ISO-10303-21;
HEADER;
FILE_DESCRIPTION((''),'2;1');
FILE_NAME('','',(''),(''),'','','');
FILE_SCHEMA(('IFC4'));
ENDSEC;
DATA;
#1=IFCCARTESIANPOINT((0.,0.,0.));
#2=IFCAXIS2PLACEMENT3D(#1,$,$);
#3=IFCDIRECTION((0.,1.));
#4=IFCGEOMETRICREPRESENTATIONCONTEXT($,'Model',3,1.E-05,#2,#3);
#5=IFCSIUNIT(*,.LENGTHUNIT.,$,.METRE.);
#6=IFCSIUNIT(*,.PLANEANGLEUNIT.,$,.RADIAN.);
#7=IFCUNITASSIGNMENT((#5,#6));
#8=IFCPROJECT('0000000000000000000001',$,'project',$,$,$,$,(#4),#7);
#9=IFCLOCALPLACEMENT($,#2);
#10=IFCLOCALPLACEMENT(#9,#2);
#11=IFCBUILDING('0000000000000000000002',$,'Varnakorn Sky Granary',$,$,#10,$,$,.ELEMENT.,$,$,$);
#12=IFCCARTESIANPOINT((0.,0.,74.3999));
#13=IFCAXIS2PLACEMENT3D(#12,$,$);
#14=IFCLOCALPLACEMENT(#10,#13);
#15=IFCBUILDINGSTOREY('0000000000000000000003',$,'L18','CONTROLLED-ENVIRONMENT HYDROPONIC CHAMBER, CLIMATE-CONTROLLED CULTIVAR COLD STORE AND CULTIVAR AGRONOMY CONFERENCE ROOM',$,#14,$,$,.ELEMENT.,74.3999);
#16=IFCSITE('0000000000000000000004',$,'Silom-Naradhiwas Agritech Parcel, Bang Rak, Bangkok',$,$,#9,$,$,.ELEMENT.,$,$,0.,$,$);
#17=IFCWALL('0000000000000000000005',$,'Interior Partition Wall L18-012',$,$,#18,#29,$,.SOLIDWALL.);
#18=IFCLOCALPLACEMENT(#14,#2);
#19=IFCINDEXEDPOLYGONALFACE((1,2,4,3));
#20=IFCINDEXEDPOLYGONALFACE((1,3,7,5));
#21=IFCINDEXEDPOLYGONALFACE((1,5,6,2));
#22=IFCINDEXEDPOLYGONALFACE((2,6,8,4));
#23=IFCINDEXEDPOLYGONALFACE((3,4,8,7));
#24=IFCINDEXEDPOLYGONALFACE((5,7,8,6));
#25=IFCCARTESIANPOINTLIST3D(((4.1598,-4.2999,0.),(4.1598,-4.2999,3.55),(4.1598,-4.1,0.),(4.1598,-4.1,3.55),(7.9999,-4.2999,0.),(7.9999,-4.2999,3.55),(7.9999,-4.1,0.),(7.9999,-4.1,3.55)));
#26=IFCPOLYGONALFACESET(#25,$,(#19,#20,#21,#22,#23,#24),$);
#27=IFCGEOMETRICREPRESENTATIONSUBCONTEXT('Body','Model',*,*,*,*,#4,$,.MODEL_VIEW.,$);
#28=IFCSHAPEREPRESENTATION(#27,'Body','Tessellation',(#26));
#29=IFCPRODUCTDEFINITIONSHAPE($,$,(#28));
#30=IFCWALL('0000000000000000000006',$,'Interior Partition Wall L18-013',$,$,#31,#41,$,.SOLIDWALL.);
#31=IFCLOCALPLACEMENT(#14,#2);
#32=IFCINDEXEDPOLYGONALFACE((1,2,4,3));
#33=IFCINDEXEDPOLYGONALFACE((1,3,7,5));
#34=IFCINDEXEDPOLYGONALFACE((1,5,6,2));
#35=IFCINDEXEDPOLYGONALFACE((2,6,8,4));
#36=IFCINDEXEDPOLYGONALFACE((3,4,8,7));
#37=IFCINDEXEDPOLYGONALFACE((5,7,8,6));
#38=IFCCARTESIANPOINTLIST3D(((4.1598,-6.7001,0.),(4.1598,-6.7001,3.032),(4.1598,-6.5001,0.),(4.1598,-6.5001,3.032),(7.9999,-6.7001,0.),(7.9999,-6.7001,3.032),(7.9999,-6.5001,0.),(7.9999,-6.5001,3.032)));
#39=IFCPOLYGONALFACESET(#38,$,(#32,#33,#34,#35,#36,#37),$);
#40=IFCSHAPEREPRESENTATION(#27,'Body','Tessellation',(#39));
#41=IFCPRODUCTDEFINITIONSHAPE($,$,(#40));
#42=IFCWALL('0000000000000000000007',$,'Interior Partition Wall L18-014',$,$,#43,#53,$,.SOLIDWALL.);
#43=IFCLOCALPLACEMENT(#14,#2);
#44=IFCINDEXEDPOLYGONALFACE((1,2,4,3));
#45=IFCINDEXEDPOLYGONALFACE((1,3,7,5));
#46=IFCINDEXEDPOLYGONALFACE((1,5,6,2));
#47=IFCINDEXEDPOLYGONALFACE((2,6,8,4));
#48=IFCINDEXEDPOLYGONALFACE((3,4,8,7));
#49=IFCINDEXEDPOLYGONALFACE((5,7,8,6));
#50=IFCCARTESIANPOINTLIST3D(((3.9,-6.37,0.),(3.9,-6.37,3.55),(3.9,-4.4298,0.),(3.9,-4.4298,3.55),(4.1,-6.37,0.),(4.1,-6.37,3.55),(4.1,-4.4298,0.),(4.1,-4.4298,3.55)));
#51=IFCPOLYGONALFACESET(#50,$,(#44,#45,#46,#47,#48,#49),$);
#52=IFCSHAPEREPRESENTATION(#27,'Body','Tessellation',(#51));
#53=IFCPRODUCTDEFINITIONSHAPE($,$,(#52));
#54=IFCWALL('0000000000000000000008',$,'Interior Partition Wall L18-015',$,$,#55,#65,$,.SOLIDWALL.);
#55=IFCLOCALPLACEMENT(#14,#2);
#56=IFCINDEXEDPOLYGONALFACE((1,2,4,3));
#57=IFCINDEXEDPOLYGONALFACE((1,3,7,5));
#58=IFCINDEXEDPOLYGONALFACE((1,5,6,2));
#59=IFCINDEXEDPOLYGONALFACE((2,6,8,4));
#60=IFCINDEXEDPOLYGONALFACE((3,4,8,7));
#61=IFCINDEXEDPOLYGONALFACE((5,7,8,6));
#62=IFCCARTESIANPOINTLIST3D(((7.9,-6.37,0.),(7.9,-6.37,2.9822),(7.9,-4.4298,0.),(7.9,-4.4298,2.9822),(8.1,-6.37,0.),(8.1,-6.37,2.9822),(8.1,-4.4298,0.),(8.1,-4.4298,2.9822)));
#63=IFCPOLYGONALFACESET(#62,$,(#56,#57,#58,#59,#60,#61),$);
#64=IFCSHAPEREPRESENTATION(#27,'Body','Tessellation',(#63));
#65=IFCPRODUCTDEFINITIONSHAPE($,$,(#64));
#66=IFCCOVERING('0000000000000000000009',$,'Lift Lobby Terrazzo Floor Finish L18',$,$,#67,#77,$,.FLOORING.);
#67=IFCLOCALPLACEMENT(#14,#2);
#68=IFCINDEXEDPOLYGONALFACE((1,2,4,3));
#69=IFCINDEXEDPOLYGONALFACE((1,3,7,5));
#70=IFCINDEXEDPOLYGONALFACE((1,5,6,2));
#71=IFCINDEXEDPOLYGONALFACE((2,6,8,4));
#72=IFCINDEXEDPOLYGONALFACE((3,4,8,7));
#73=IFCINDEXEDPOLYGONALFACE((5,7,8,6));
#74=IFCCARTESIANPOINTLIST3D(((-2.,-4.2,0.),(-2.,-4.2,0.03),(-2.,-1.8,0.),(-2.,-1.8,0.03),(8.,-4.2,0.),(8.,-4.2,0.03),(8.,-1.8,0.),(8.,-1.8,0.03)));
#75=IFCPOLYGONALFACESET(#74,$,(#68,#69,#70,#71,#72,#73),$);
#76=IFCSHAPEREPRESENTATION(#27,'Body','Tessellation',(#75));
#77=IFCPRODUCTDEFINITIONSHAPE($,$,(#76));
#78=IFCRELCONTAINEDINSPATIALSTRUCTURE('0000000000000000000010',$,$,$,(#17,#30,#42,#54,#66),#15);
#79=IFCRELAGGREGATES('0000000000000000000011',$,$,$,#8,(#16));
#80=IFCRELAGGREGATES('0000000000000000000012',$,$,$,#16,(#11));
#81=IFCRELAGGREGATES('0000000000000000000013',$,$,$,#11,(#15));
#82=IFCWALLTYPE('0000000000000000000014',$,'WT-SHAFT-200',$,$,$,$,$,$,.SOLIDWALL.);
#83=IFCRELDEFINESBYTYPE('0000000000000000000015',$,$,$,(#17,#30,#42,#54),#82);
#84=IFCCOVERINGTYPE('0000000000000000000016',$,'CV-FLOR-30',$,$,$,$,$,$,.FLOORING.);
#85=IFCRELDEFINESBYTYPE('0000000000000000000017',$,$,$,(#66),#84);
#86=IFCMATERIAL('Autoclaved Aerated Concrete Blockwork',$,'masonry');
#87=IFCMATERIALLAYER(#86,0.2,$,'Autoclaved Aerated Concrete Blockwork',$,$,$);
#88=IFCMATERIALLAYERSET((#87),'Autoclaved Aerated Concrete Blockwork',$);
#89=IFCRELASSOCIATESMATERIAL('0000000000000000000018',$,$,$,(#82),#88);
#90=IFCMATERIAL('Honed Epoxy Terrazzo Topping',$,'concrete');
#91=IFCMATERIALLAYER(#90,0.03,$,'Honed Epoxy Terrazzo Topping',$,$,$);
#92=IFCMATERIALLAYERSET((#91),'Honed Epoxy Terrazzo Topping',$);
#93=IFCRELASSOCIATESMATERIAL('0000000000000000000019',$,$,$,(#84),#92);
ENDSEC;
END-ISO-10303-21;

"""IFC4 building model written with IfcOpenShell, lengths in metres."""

from ifc_helpers import new_model, si_unit, direction, frame, frame_2d, origin, place, context, subcontext, project, spatial, polyline, rectangle, outline, extrude, material, layer, layer_set, type_object, element, save


model = new_model("IFC4")

# Units and contexts
model_context = context("Model", 3, precision=1e-05, world=origin(), true_north=direction((0.0, 1.0)))
body_context = subcontext(model_context, "Body", "Model", "MODEL_VIEW")
ifc_project = project(units=[si_unit("LENGTHUNIT", "METRE"), si_unit("PLANEANGLEUNIT", "RADIAN")], contexts=[model_context])

# Site, building, storey
site_placement = place(None, origin())
site = spatial("IfcSite", under=ifc_project, at=site_placement, Name="Silom-Naradhiwas Agritech Parcel, Bang Rak, Bangkok", CompositionType="ELEMENT", RefElevation=0.0)
building_placement = place(site_placement, origin())
building = spatial("IfcBuilding", under=site, at=building_placement, Name="Varnakorn Sky Granary", CompositionType="ELEMENT")
storey_placement = place(building_placement, frame((0.0, 0.0, 74.3999)))
storey = spatial("IfcBuildingStorey", under=building, at=storey_placement, Name="L18", Description="CONTROLLED-ENVIRONMENT HYDROPONIC CHAMBER, CLIMATE-CONTROLLED CULTIVAR COLD STORE AND CULTIVAR AGRONOMY CONFERENCE ROOM", CompositionType="ELEMENT", Elevation=74.3999)

# Shared definitions
ifc_material_1 = material(Name="Autoclaved Aerated Concrete Blockwork", Category="masonry")

# Walls
ifc_layer_1 = layer(ifc_material_1, 0.2, Name="Autoclaved Aerated Concrete Blockwork")
ifc_layer_set_1 = layer_set([ifc_layer_1], Name="Autoclaved Aerated Concrete Blockwork")
wall_type_1 = type_object("IfcWallType", Name="WT-SHAFT-200", PredefinedType="SOLIDWALL", material=ifc_layer_set_1)
wall_1_placement = place(storey_placement, frame((4.1599, -4.2, 0.0), z_axis=(0.0, 0.0, 1.0), x_axis=(1.0, 0.0, 0.0)))
element("IfcWall", 1, at=wall_1_placement, inside=storey, type_object=wall_type_1, Name="Interior Partition Wall L18-012", PredefinedType="SOLIDWALL", context=body_context, shape_type="SweptSolid", body=[
    extrude(rectangle(XDim=3.8401, YDim=0.2, at=frame_2d((1.9199, 0.0))), origin(), (0.0, 0.0, 1.0), 3.55),
])
wall_2_placement = place(storey_placement, frame((4.1599, -6.6001, 0.0), z_axis=(0.0, 0.0, 1.0), x_axis=(1.0, 0.0, 0.0)))
element("IfcWall", 2, at=wall_2_placement, inside=storey, type_object=wall_type_1, Name="Interior Partition Wall L18-013", PredefinedType="SOLIDWALL", context=body_context, shape_type="SweptSolid", body=[
    extrude(rectangle(XDim=3.8401, YDim=0.2, at=frame_2d((1.9199, 0.0))), origin(), (0.0, 0.0, 1.0), 3.032),
])
wall_3_placement = place(storey_placement, frame((4.0, -6.3701, 0.0), z_axis=(0.0, 0.0, 1.0), x_axis=(0.0, 1.0, 0.0)))
element("IfcWall", 3, at=wall_3_placement, inside=storey, type_object=wall_type_1, Name="Interior Partition Wall L18-014", PredefinedType="SOLIDWALL", context=body_context, shape_type="SweptSolid", body=[
    extrude(rectangle(XDim=1.9402, YDim=0.2, at=frame_2d((0.9702, 0.0))), origin(), (0.0, 0.0, 1.0), 3.55),
])
wall_4_placement = place(storey_placement, frame((8.0, -6.3701, 0.0), z_axis=(0.0, 0.0, 1.0), x_axis=(0.0, 1.0, 0.0)))
element("IfcWall", 4, at=wall_4_placement, inside=storey, type_object=wall_type_1, Name="Interior Partition Wall L18-015", PredefinedType="SOLIDWALL", context=body_context, shape_type="SweptSolid", body=[
    extrude(rectangle(XDim=1.9402, YDim=0.2, at=frame_2d((0.9702, 0.0))), origin(), (0.0, 0.0, 1.0), 2.9822),
])

# Covering
ifc_material_2 = material(Name="Honed Epoxy Terrazzo Topping", Category="concrete")
ifc_layer_2 = layer(ifc_material_2, 0.03, Name="Honed Epoxy Terrazzo Topping")
ifc_layer_set_2 = layer_set([ifc_layer_2], Name="Honed Epoxy Terrazzo Topping")
covering_type = type_object("IfcCoveringType", Name="CV-FLOR-30", PredefinedType="FLOORING", material=ifc_layer_set_2)
covering_placement = place(storey_placement, origin())
element("IfcCovering", 5, at=covering_placement, inside=storey, type_object=covering_type, Name="Lift Lobby Terrazzo Floor Finish L18", PredefinedType="FLOORING", context=body_context, shape_type="SweptSolid", body=[
    extrude(outline(polyline([(-2.0, -4.2), (8.0, -4.2), (8.0, -1.8), (-2.0, -1.8), (-2.0, -4.2)])), origin(), (0.0, 0.0, 1.0), 0.03),
])

save(model, "model.ifc")
